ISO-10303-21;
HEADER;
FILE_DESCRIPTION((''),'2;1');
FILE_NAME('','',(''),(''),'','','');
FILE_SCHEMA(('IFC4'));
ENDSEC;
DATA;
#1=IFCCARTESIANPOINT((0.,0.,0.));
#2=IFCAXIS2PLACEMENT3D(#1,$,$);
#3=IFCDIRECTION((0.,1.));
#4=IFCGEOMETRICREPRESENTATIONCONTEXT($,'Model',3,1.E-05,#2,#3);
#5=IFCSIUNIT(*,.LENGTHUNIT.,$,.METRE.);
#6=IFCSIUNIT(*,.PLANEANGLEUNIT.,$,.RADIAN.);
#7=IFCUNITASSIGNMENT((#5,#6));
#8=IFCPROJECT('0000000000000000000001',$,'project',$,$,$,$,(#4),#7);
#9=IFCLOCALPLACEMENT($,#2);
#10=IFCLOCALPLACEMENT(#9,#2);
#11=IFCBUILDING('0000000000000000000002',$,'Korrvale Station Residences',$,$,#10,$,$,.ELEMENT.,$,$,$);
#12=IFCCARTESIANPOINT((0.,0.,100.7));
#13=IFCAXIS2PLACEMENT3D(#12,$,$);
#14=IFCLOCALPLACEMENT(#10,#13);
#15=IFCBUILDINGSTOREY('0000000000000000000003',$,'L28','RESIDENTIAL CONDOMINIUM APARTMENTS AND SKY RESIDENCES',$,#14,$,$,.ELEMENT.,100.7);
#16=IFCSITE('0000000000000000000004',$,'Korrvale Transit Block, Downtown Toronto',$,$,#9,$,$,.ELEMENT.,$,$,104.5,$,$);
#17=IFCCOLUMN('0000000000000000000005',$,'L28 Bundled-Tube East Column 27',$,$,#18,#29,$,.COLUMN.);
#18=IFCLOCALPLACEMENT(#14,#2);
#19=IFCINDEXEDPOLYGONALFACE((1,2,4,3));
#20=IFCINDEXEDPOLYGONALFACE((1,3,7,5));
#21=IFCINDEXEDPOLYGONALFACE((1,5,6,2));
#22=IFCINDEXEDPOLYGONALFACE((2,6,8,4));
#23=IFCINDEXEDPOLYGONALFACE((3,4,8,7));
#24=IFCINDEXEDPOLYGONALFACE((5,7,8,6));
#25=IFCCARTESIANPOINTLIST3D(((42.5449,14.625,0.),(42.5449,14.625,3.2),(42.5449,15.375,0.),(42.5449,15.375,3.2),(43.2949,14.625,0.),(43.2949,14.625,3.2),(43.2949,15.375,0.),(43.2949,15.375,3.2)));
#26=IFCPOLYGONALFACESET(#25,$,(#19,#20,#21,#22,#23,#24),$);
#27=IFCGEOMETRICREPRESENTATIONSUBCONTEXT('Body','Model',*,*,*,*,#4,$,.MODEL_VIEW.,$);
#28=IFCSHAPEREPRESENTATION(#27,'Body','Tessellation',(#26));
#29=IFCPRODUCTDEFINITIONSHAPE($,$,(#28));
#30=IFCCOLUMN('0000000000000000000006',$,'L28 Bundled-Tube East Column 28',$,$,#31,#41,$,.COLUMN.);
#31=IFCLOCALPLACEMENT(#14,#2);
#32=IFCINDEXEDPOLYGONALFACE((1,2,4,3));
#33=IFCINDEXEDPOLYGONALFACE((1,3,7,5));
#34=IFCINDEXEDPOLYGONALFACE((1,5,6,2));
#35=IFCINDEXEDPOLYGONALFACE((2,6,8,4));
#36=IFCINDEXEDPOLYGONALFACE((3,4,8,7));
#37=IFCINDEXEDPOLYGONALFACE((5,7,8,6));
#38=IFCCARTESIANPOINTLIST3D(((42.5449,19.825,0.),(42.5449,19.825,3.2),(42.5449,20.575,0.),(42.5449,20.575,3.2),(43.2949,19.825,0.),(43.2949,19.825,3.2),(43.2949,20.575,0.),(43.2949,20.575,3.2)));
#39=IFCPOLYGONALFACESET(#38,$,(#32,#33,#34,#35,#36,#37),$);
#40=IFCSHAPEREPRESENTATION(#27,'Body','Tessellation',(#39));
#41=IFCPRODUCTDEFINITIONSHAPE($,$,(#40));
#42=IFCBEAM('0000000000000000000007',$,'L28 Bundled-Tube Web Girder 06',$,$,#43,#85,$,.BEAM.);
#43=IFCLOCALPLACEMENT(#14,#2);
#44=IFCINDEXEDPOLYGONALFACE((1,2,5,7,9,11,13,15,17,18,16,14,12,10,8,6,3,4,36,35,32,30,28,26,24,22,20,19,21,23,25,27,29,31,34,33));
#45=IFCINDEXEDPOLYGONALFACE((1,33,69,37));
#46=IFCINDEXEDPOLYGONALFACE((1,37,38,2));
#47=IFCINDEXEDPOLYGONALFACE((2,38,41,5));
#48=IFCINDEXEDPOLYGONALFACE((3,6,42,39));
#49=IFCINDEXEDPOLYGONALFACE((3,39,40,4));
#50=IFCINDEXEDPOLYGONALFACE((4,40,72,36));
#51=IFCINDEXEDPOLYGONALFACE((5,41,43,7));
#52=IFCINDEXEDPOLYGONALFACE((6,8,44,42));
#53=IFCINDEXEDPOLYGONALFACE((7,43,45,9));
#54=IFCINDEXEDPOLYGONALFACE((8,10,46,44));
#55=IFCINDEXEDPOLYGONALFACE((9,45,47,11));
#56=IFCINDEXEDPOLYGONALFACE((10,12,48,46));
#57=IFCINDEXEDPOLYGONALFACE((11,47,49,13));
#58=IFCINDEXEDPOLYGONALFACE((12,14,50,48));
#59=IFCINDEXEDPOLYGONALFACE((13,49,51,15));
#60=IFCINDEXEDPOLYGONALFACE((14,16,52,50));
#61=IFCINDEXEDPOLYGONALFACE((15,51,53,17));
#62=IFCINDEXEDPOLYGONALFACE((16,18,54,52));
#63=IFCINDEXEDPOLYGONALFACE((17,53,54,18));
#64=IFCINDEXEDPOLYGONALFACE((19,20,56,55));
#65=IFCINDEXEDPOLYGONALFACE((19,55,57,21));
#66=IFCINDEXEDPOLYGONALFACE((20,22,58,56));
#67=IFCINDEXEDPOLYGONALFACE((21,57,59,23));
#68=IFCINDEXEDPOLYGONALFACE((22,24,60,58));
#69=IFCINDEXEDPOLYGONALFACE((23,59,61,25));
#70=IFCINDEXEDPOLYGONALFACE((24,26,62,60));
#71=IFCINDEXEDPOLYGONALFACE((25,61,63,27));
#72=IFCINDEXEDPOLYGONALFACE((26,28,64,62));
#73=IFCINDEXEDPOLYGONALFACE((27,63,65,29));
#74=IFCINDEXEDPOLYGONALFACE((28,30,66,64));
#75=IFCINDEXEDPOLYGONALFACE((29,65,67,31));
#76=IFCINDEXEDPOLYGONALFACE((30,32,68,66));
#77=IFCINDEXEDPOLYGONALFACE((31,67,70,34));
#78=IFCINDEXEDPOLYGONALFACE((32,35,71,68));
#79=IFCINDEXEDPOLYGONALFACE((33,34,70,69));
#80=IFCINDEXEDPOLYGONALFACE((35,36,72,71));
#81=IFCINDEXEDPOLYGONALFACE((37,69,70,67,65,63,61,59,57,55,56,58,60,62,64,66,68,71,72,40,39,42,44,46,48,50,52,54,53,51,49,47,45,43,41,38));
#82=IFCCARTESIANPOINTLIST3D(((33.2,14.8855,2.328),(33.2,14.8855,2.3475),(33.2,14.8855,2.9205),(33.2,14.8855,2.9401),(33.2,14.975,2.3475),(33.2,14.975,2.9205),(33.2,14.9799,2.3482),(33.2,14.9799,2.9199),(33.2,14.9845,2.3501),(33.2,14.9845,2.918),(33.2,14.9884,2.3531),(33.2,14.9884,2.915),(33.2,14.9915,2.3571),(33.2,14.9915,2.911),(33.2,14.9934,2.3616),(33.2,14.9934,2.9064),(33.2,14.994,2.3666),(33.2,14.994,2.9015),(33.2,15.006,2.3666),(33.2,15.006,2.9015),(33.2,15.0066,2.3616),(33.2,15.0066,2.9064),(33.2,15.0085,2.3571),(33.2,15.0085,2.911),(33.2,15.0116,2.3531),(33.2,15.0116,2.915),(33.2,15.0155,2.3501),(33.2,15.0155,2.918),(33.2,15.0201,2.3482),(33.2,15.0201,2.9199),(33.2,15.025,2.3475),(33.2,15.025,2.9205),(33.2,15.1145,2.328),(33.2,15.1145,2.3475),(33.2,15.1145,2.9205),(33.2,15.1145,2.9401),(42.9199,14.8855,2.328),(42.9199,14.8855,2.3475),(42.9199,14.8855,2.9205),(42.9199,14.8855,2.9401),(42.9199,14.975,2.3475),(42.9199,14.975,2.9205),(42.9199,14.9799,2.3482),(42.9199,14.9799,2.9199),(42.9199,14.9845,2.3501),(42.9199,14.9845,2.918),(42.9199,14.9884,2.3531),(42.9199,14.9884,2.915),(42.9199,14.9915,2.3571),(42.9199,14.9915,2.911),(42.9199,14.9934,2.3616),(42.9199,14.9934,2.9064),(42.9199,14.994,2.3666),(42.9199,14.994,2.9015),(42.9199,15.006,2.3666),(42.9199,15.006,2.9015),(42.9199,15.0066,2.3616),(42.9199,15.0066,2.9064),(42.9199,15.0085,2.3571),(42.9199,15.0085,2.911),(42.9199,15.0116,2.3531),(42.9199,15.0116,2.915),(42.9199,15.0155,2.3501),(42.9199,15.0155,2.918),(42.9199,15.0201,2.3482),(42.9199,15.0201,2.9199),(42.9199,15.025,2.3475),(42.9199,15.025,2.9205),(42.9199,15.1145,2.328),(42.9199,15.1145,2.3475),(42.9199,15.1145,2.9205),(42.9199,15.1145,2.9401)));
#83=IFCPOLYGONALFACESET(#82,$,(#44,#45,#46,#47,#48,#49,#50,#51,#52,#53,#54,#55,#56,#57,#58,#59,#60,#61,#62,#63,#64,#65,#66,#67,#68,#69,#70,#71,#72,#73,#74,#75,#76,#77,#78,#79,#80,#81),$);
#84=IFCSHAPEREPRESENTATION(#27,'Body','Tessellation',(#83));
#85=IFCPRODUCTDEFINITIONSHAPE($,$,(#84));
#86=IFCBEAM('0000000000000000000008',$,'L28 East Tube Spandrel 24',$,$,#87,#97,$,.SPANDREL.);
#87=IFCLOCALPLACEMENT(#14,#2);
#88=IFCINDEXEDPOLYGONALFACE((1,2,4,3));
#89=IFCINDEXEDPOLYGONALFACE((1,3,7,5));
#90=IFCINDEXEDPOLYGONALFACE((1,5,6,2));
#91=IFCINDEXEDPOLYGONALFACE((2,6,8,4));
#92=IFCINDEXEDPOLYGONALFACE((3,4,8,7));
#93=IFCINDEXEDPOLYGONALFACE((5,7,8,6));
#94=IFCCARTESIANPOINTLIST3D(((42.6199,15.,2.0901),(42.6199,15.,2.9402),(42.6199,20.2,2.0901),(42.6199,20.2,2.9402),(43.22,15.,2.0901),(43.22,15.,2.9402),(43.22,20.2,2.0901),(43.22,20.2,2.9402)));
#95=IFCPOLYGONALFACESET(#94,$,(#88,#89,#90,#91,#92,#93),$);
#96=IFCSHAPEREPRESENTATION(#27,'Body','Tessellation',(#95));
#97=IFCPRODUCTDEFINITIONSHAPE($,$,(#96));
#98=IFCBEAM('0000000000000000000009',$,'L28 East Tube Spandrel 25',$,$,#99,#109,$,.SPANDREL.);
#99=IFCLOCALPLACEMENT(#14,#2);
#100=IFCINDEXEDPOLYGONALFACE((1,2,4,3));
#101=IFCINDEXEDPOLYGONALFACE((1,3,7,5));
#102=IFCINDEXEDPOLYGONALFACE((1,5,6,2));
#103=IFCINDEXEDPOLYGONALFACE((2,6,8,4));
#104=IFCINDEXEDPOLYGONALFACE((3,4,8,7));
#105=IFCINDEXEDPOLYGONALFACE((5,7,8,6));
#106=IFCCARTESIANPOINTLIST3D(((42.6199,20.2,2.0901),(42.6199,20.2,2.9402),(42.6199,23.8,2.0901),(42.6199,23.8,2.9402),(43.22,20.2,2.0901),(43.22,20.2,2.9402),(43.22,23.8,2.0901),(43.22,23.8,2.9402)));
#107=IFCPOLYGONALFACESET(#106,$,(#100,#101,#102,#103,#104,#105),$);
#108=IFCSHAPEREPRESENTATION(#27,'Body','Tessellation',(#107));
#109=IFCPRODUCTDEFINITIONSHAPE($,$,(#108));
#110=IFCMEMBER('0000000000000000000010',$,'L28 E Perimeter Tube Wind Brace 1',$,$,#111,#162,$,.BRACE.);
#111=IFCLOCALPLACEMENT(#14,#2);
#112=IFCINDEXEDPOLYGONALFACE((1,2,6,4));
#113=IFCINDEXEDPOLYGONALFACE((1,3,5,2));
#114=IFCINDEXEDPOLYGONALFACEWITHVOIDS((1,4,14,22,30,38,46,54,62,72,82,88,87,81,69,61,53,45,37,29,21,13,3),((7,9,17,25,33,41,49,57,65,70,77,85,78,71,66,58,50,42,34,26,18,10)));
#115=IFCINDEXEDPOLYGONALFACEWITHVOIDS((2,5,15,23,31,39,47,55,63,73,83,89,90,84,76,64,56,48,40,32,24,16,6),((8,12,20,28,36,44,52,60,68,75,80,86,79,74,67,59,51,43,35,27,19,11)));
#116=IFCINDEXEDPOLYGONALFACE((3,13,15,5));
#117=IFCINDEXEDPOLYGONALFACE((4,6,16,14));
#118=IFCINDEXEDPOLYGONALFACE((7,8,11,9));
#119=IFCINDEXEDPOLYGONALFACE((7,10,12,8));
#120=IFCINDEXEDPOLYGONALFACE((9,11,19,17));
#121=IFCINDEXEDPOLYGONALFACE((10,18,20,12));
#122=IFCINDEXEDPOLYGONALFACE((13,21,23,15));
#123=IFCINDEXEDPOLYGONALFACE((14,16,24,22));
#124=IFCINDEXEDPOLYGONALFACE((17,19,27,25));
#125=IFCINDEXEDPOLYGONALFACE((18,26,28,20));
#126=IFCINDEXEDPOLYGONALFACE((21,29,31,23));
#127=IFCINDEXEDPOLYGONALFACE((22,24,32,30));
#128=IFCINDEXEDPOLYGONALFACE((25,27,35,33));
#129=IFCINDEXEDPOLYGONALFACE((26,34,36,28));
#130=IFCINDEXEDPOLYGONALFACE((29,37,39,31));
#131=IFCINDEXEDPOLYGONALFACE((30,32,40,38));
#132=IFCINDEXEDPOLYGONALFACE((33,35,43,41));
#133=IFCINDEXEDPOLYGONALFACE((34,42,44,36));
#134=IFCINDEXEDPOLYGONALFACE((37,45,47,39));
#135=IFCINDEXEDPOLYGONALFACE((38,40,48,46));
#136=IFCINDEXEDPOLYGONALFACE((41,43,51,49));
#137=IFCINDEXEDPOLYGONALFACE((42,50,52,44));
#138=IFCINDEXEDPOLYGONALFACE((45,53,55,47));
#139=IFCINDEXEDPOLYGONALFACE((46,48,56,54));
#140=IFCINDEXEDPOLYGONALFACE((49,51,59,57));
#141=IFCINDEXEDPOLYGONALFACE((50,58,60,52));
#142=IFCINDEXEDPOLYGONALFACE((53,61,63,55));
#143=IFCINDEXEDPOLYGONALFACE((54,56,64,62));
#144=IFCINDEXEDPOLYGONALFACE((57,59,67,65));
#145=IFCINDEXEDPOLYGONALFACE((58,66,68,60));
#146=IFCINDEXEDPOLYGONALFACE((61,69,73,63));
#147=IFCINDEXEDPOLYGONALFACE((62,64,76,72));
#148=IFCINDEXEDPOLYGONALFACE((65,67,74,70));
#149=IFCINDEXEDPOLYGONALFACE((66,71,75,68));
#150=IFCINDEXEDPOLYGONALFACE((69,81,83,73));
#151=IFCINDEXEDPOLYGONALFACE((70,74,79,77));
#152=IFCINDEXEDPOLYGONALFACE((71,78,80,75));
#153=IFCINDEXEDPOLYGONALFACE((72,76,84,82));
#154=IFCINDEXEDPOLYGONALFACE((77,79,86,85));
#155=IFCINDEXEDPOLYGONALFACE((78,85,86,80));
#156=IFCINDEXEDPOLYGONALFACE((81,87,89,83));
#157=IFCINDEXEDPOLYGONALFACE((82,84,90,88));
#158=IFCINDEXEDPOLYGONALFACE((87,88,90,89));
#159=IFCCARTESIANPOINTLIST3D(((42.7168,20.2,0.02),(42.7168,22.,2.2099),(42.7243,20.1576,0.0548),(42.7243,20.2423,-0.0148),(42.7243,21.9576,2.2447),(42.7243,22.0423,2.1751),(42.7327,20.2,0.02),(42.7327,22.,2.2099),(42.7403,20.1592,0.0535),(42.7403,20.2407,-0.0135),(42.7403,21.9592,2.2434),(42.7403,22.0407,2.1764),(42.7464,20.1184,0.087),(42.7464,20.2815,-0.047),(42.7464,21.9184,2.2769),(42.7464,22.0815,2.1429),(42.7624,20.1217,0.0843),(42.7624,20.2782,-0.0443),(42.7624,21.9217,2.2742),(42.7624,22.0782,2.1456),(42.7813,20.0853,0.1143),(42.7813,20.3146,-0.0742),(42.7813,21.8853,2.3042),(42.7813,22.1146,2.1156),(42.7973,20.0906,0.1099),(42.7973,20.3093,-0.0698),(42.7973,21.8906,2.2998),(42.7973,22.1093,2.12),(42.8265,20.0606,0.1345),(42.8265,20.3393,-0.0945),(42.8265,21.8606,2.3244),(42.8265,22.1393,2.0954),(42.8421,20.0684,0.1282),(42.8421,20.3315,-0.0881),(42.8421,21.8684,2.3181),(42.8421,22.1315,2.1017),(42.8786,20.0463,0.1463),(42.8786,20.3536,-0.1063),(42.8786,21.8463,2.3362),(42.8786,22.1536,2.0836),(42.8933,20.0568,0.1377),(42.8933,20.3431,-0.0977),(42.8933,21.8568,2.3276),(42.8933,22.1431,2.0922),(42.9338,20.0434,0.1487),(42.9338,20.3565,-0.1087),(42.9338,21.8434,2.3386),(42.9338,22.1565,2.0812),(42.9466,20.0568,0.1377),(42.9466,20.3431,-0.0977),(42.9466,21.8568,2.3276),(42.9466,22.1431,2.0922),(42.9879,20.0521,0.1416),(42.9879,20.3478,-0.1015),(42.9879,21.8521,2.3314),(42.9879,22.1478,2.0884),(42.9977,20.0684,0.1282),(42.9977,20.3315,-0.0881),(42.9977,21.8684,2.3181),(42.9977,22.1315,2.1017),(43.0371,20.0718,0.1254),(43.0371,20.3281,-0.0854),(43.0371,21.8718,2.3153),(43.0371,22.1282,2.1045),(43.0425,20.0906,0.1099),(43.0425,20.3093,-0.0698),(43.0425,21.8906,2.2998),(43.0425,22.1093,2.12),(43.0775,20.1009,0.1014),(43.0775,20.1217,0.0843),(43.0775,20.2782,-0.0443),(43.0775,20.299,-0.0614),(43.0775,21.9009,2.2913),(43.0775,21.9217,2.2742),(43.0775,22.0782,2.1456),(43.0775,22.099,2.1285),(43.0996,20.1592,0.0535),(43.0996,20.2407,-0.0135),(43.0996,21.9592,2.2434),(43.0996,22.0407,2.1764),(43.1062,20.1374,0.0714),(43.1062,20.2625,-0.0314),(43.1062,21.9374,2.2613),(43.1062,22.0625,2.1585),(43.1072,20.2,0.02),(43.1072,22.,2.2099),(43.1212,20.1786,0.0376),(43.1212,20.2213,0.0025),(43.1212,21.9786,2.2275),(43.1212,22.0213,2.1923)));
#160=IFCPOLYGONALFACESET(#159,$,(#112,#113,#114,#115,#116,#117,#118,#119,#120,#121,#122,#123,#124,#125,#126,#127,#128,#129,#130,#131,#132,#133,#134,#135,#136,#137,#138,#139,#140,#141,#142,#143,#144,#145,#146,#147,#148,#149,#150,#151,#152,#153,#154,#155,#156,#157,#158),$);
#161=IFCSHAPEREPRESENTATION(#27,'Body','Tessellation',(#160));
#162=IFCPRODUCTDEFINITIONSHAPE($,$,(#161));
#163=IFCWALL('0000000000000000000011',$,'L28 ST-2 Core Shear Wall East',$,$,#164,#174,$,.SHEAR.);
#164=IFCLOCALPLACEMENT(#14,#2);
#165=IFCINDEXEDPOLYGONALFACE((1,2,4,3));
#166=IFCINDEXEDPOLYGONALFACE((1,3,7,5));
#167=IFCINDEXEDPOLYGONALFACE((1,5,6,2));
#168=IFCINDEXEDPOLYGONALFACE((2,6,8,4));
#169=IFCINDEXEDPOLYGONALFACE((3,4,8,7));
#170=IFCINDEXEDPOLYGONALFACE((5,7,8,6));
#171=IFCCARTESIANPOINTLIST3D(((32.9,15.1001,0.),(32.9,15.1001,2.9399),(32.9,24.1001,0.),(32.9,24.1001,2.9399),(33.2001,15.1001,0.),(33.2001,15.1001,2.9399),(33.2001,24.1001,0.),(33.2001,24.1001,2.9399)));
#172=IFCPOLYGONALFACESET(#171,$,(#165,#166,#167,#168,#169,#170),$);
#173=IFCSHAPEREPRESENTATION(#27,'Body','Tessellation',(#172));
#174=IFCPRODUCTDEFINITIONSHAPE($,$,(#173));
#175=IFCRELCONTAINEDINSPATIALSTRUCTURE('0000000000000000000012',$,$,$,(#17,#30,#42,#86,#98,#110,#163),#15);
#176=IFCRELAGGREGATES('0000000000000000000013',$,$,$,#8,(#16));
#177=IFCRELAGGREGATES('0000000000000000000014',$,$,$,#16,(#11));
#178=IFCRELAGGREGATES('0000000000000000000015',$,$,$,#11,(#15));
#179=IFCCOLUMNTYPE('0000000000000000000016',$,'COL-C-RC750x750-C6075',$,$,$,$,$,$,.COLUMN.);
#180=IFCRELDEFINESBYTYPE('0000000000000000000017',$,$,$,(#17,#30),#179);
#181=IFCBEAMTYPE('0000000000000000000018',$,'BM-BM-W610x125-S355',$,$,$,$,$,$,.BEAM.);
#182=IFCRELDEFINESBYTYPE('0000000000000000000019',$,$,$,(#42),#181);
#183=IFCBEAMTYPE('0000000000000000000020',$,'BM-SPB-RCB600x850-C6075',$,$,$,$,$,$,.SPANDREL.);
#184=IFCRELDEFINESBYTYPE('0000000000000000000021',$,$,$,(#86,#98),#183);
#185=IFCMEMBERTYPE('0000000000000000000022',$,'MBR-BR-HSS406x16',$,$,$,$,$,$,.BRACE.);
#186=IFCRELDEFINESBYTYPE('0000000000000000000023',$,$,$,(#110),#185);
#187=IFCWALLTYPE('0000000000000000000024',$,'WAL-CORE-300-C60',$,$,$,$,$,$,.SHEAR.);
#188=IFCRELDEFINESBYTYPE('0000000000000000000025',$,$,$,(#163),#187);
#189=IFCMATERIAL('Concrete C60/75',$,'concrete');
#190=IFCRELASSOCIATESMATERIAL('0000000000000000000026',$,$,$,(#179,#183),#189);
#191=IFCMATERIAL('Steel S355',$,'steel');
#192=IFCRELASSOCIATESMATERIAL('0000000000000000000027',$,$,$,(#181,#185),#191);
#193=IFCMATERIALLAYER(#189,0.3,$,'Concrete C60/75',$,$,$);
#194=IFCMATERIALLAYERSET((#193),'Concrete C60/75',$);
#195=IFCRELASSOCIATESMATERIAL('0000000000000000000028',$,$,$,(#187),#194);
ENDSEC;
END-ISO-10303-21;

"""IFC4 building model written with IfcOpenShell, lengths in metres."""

from ifc_helpers import new_model, si_unit, direction, frame, frame_2d, origin, origin_2d, place, context, subcontext, project, spatial, rectangle, hollow_circle, i_section, extrude, material, layer, layer_set, material_profile, profile_set, type_object, element, save


model = new_model("IFC4")

# Units and contexts
model_context = context("Model", 3, precision=1e-05, world=origin(), true_north=direction((0.0, 1.0)))
body_context = subcontext(model_context, "Body", "Model", "MODEL_VIEW")
ifc_project = project(units=[si_unit("LENGTHUNIT", "METRE"), si_unit("PLANEANGLEUNIT", "RADIAN")], contexts=[model_context])

# Site, building, storey
site_placement = place(None, origin())
site = spatial("IfcSite", under=ifc_project, at=site_placement, Name="Korrvale Transit Block, Downtown Toronto", CompositionType="ELEMENT", RefElevation=104.5)
building_placement = place(site_placement, origin())
building = spatial("IfcBuilding", under=site, at=building_placement, Name="Korrvale Station Residences", CompositionType="ELEMENT")
storey_placement = place(building_placement, frame((0.0, 0.0, 100.7)))
storey = spatial("IfcBuildingStorey", under=building, at=storey_placement, Name="L28", Description="RESIDENTIAL CONDOMINIUM APARTMENTS AND SKY RESIDENCES", CompositionType="ELEMENT", Elevation=100.7)

# Columns
ifc_material_1 = material(Name="Concrete C60/75", Category="concrete")
ifc_material_profile_1 = material_profile(ifc_material_1, rectangle(XDim=0.75, YDim=0.75, at=origin_2d()), Name="RC750x750")
ifc_profile_set_1 = profile_set([ifc_material_profile_1], Name="Concrete C60/75")
column_type = type_object("IfcColumnType", Name="COL-C-RC750x750-C6075", PredefinedType="COLUMN", material=ifc_profile_set_1)
for number, where, z_axis, x_axis, name in (
    (1, (42.9199, 15.0, 0.0), (0.0, 0.0, 1.0), (1.0, 0.0, 0.0), "L28 Bundled-Tube East Column 27"),
    (2, (42.9199, 20.2, 0.0), (0.0, 0.0, 1.0), (1.0, 0.0, 0.0), "L28 Bundled-Tube East Column 28"),
):
    element("IfcColumn", number, at=place(storey_placement, frame(where, z_axis=z_axis, x_axis=x_axis)), inside=storey, type_object=column_type, Name=name, PredefinedType="COLUMN", context=body_context, shape_type="SweptSolid", body=[
        extrude(rectangle(XDim=0.75, YDim=0.75, at=origin_2d()), origin(), (0.0, 0.0, 1.0), 3.2),
    ])

# Beams
ifc_material_2 = material(Name="Steel S355", Category="steel")
ifc_material_profile_2 = material_profile(ifc_material_2, i_section(OverallWidth=0.229, OverallDepth=0.6121, WebThickness=0.012, FlangeThickness=0.0195, FilletRadius=0.019, at=origin_2d()), Name="W610x125")
ifc_profile_set_2 = profile_set([ifc_material_profile_2], Name="Steel S355")
beam_type_1 = type_object("IfcBeamType", Name="BM-BM-W610x125-S355", PredefinedType="BEAM", material=ifc_profile_set_2)
beam_1_placement = place(storey_placement, frame((33.2, 15.0, 2.634), z_axis=(1.0, 0.0, 0.0), x_axis=(0.0, 1.0, 0.0)))
element("IfcBeam", 3, at=beam_1_placement, inside=storey, type_object=beam_type_1, Name="L28 Bundled-Tube Web Girder 06", PredefinedType="BEAM", context=body_context, shape_type="SweptSolid", body=[
    extrude(i_section(OverallWidth=0.229, OverallDepth=0.6121, WebThickness=0.012, FlangeThickness=0.0195, FilletRadius=0.019, at=origin_2d()), origin(), (0.0, 0.0, 1.0), 9.72),
])
ifc_material_profile_3 = material_profile(ifc_material_1, rectangle(XDim=0.6001, YDim=0.8501, at=origin_2d()), Name="RCB600x850")
ifc_profile_set_3 = profile_set([ifc_material_profile_3], Name="Concrete C60/75")
beam_type_2 = type_object("IfcBeamType", Name="BM-SPB-RCB600x850-C6075", PredefinedType="SPANDREL", material=ifc_profile_set_3)
beam_2_placement = place(storey_placement, frame((42.9199, 15.0, 2.5151), z_axis=(0.0, 1.0, 0.0), x_axis=(-1.0, 0.0, 0.0)))
element("IfcBeam", 4, at=beam_2_placement, inside=storey, type_object=beam_type_2, Name="L28 East Tube Spandrel 24", PredefinedType="SPANDREL", context=body_context, shape_type="SweptSolid", body=[
    extrude(rectangle(XDim=0.6001, YDim=0.8501, at=origin_2d()), origin(), (0.0, 0.0, 1.0), 5.2),
])
beam_3_placement = place(storey_placement, frame((42.9199, 20.2, 2.5151), z_axis=(0.0, 1.0, 0.0), x_axis=(-1.0, 0.0, 0.0)))
element("IfcBeam", 5, at=beam_3_placement, inside=storey, type_object=beam_type_2, Name="L28 East Tube Spandrel 25", PredefinedType="SPANDREL", context=body_context, shape_type="SweptSolid", body=[
    extrude(rectangle(XDim=0.6001, YDim=0.8501, at=origin_2d()), origin(), (0.0, 0.0, 1.0), 3.6001),
])

# Member
ifc_material_profile_4 = material_profile(ifc_material_2, hollow_circle(Radius=0.2031, WallThickness=0.0159, at=origin_2d()), Name="HSS406x16")
ifc_profile_set_4 = profile_set([ifc_material_profile_4], Name="Steel S355")
member_type = type_object("IfcMemberType", Name="MBR-BR-HSS406x16", PredefinedType="BRACE", material=ifc_profile_set_4)
member_placement = place(storey_placement, frame((42.9199, 20.2, 0.02), z_axis=(0.0, 0.634985, 0.772524), x_axis=(-1.0, 0.0, 0.0)))
element("IfcMember", 6, at=member_placement, inside=storey, type_object=member_type, Name="L28 E Perimeter Tube Wind Brace 1", PredefinedType="BRACE", context=body_context, shape_type="SweptSolid", body=[
    extrude(hollow_circle(Radius=0.2031, WallThickness=0.0159, at=origin_2d()), origin(), (0.0, 0.0, 1.0), 2.8347),
])

# Wall
ifc_layer_1 = layer(ifc_material_1, 0.3, Name="Concrete C60/75")
ifc_layer_set_1 = layer_set([ifc_layer_1], Name="Concrete C60/75")
wall_type_1 = type_object("IfcWallType", Name="WAL-CORE-300-C60", PredefinedType="SHEAR", material=ifc_layer_set_1)
wall_1_placement = place(storey_placement, frame((33.05, 15.1001, 0.0), z_axis=(0.0, 0.0, 1.0), x_axis=(0.0, 1.0, 0.0)))
element("IfcWall", 7, at=wall_1_placement, inside=storey, type_object=wall_type_1, Name="L28 ST-2 Core Shear Wall East", PredefinedType="SHEAR", context=body_context, shape_type="SweptSolid", body=[
    extrude(rectangle(XDim=9.0, YDim=0.3, at=frame_2d((4.5, 0.0))), origin(), (0.0, 0.0, 1.0), 2.9399),
])

save(model, "model.ifc")
